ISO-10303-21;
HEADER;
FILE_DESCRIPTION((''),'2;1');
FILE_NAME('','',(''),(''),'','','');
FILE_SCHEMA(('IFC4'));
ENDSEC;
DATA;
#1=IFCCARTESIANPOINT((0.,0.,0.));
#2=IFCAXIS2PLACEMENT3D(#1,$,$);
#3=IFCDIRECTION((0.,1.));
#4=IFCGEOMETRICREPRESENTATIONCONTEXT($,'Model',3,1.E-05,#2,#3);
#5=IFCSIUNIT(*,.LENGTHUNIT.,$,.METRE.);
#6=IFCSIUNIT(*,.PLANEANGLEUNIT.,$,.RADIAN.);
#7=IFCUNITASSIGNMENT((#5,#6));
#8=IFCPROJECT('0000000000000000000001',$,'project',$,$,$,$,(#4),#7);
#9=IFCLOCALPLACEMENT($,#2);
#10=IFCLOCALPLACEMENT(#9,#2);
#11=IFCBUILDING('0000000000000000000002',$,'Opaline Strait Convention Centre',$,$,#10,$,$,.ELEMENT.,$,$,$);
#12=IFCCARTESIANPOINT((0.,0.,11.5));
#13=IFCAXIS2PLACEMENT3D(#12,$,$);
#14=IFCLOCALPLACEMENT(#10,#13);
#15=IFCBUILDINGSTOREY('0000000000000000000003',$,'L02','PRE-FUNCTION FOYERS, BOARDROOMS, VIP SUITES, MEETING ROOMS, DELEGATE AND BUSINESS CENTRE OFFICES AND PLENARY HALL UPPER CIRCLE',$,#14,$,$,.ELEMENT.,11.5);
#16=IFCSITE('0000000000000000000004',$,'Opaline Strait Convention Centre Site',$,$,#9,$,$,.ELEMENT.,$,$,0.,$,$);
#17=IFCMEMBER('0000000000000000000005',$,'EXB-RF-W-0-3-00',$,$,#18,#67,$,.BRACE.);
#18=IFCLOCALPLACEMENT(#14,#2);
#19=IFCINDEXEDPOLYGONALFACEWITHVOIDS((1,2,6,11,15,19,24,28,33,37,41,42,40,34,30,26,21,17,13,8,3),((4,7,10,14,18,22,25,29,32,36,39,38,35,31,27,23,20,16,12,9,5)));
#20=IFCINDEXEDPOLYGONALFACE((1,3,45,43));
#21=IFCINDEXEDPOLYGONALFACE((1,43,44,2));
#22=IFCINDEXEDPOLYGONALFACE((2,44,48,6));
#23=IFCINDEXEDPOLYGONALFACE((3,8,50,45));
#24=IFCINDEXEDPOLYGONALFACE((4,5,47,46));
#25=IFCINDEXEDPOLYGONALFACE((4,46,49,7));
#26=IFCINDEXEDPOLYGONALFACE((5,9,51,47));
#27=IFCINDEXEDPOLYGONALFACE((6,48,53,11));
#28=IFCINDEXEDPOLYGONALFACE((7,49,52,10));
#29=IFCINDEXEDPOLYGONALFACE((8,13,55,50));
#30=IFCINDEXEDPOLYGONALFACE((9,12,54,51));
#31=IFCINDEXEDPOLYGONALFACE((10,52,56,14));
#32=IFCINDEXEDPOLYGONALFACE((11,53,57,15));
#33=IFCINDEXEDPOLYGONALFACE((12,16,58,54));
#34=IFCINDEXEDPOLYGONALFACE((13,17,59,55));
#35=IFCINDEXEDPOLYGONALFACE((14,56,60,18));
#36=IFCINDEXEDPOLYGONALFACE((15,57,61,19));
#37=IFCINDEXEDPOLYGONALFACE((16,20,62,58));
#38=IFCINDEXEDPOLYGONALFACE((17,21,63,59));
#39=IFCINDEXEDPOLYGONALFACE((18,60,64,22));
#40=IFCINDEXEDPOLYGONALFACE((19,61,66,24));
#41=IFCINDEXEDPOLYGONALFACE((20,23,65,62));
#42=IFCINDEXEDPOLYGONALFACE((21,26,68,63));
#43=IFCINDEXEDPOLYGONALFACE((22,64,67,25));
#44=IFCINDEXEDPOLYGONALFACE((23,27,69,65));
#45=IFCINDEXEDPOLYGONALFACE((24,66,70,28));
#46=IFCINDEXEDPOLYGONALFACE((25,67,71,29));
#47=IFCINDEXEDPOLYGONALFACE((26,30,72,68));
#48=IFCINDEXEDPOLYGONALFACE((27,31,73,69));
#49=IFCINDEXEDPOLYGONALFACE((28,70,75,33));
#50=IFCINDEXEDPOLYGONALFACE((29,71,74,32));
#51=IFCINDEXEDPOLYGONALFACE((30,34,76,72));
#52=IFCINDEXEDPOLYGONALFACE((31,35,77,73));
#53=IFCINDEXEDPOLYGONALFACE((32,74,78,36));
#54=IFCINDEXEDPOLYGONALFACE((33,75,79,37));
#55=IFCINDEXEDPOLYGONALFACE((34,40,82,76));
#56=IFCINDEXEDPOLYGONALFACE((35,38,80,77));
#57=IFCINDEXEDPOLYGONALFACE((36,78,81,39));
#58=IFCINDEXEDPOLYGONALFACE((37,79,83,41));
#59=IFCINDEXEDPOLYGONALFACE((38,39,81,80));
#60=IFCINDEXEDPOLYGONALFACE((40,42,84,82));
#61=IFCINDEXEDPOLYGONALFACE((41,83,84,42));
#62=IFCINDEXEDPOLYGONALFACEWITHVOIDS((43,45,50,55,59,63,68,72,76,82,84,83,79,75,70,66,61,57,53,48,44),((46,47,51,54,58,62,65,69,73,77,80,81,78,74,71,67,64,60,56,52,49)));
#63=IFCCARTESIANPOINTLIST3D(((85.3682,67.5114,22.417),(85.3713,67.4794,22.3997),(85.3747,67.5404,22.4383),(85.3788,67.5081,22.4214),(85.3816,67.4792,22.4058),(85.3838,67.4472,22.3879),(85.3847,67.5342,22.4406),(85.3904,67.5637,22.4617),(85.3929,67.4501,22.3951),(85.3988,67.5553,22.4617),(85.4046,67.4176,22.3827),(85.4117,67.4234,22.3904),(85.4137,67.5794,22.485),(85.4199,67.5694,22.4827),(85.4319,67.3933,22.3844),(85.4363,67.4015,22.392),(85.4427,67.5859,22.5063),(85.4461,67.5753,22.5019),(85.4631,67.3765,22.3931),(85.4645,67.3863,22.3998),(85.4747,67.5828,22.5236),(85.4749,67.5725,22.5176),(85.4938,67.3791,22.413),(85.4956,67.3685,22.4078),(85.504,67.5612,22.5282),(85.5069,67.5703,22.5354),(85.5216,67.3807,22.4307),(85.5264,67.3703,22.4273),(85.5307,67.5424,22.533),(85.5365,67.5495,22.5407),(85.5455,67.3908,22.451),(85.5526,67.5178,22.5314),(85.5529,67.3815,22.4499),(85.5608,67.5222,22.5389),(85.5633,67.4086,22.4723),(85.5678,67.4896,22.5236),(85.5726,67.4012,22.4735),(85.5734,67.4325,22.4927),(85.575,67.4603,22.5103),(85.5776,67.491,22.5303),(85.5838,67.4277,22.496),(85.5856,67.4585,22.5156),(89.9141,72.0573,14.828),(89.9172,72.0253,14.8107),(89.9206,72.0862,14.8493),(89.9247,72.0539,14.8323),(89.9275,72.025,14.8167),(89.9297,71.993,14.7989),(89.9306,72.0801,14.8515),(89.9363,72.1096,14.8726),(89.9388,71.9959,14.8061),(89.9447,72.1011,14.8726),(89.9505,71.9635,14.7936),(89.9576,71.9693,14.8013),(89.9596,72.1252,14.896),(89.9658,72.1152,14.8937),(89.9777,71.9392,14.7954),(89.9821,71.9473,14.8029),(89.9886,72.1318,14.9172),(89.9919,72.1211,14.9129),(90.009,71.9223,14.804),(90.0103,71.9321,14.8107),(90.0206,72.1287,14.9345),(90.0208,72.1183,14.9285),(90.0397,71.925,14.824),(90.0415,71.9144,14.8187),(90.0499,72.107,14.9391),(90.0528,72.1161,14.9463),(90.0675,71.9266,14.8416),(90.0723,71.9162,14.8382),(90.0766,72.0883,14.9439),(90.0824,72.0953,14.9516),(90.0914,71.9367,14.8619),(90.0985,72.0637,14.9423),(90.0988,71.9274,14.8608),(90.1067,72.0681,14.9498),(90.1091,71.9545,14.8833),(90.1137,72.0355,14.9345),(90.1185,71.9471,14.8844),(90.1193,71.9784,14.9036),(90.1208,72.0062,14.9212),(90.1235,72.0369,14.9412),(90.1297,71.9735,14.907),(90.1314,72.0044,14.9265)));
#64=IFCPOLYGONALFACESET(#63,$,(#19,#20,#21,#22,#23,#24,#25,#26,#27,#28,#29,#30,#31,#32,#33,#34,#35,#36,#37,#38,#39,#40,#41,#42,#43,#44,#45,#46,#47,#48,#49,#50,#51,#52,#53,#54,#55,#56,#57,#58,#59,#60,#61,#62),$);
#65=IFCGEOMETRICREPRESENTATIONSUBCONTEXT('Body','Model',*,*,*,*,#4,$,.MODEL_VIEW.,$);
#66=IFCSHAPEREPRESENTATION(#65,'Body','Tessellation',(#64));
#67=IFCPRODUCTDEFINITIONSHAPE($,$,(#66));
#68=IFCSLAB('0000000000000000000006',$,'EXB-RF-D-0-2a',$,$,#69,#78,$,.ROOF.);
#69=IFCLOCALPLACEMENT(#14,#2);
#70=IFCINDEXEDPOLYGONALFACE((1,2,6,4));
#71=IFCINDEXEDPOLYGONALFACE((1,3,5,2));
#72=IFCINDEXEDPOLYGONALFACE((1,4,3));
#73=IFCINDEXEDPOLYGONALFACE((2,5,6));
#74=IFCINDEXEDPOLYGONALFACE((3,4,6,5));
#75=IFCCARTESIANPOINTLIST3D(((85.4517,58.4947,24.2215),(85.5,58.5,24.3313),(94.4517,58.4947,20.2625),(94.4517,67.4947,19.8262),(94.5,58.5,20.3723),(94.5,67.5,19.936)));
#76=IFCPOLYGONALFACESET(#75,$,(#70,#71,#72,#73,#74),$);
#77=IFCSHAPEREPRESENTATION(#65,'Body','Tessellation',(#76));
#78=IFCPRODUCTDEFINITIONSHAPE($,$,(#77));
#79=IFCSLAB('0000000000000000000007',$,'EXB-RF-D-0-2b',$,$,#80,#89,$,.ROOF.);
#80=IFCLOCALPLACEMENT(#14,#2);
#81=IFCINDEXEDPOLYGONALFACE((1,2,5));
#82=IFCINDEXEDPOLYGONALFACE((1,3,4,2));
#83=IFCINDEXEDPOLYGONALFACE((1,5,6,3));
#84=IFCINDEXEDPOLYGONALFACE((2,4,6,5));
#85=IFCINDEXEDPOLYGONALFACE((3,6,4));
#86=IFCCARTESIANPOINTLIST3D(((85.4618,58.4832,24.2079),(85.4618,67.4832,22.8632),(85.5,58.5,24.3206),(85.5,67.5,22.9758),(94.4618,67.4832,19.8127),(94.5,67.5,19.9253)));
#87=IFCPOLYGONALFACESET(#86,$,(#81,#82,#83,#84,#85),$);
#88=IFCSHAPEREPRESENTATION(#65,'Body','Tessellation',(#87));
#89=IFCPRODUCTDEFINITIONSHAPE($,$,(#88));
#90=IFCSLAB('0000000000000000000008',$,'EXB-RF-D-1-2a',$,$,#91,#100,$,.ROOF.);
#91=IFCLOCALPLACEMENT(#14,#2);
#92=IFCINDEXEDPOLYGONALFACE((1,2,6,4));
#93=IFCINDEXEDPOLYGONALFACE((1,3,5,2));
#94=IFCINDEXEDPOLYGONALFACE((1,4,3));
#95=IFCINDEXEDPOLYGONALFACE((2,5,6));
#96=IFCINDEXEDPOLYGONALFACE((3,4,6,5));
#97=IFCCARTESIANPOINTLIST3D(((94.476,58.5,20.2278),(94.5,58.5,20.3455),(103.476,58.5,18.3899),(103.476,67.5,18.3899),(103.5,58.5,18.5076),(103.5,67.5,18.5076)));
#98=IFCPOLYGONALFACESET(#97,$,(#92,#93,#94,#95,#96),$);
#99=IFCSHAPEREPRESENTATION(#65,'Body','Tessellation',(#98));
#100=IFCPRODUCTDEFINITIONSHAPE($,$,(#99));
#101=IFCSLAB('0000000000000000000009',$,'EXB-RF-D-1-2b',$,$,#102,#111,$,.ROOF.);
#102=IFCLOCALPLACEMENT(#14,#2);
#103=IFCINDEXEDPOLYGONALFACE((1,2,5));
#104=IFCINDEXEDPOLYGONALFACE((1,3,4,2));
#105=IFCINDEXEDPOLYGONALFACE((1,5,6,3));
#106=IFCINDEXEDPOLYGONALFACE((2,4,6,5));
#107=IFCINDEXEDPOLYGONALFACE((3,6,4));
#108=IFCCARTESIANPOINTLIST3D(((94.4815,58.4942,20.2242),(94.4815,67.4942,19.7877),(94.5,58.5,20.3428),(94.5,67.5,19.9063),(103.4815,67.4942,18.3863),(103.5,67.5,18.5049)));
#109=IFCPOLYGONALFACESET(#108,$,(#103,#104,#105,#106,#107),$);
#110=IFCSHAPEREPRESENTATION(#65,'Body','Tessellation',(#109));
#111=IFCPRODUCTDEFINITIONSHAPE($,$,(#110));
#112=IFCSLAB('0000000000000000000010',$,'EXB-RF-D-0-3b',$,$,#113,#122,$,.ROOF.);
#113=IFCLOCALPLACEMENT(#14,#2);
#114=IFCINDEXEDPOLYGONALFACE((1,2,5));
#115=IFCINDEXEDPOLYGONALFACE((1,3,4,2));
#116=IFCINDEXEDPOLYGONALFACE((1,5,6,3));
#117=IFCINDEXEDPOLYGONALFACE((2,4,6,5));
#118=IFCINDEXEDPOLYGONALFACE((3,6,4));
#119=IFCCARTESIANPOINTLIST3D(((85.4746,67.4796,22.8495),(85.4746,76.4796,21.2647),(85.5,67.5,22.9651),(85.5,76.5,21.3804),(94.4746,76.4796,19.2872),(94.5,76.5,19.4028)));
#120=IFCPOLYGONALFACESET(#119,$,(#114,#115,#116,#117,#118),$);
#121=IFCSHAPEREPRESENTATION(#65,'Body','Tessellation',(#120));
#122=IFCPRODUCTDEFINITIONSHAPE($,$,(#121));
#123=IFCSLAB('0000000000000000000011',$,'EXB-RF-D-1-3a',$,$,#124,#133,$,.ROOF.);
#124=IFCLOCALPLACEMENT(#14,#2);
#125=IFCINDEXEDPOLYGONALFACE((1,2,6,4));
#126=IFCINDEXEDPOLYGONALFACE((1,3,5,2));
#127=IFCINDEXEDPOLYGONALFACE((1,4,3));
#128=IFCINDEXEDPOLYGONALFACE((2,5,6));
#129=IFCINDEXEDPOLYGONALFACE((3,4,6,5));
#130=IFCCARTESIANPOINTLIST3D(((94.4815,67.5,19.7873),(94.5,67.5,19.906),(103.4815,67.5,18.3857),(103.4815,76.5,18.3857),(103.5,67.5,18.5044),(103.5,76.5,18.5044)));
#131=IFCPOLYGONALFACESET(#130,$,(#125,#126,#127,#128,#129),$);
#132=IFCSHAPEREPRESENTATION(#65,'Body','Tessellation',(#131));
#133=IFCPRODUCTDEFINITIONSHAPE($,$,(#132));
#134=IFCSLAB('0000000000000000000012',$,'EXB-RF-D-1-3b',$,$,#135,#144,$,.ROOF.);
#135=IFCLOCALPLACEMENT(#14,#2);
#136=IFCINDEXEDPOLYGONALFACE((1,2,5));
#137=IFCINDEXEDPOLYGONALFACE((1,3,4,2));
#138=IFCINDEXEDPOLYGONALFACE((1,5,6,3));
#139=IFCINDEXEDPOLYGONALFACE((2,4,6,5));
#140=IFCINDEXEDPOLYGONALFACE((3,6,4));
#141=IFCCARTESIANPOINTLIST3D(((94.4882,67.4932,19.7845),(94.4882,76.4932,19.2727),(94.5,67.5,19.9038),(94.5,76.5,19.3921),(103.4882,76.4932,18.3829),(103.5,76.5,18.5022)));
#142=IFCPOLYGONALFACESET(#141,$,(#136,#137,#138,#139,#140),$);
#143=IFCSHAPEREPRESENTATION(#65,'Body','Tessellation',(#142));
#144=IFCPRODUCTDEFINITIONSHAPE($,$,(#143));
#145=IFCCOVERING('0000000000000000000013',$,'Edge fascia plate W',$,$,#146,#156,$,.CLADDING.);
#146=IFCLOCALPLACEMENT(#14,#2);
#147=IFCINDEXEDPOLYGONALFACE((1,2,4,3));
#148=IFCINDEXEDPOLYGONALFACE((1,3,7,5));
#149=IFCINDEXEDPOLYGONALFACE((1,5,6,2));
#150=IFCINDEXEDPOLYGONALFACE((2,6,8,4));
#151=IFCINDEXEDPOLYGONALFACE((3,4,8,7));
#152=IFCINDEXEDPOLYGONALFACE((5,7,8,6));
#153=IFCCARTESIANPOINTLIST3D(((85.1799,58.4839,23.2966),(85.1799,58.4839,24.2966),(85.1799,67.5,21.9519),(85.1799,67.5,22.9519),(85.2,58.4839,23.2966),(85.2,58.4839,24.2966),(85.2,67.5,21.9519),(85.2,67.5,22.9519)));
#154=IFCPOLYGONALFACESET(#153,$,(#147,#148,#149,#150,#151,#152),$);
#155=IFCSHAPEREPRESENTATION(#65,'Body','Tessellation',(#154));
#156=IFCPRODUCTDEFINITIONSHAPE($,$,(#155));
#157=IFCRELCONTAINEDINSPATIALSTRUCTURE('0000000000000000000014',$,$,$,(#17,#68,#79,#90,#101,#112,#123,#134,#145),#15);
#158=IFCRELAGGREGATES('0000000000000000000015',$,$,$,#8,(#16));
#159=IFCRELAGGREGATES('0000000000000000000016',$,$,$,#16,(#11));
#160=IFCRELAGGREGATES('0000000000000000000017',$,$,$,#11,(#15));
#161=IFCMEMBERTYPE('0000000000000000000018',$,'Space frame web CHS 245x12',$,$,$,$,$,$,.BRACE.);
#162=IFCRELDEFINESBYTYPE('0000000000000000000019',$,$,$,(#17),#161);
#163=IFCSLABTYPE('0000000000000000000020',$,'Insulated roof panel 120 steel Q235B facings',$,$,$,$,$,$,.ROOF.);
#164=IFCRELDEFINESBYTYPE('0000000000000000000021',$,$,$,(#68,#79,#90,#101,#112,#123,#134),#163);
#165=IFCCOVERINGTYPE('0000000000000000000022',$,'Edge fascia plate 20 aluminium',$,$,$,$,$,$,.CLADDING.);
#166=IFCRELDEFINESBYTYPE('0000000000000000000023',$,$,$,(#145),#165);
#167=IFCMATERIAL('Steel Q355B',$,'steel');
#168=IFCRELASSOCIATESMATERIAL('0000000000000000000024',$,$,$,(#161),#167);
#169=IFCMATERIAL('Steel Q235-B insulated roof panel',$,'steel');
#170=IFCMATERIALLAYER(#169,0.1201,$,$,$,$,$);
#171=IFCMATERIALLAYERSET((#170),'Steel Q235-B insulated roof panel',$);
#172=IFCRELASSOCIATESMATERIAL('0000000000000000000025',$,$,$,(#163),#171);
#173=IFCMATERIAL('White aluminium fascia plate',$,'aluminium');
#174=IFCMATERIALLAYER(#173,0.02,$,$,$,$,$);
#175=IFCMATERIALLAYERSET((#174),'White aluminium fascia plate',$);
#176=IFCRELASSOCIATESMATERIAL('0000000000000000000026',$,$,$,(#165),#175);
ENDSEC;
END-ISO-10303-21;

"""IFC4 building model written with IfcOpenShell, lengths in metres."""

from ifc_helpers import new_model, si_unit, direction, frame, origin, origin_2d, place, context, subcontext, project, spatial, polyline, hollow_circle, outline, extrude, material, layer, layer_set, material_profile, profile_set, type_object, element, save


model = new_model("IFC4")

# Units and contexts
model_context = context("Model", 3, precision=1e-05, world=origin(), true_north=direction((0.0, 1.0)))
body_context = subcontext(model_context, "Body", "Model", "MODEL_VIEW")
ifc_project = project(units=[si_unit("LENGTHUNIT", "METRE"), si_unit("PLANEANGLEUNIT", "RADIAN")], contexts=[model_context])

# Site, building, storey
site_placement = place(None, origin())
site = spatial("IfcSite", under=ifc_project, at=site_placement, Name="Opaline Strait Convention Centre Site", CompositionType="ELEMENT", RefElevation=0.0)
building_placement = place(site_placement, origin())
building = spatial("IfcBuilding", under=site, at=building_placement, Name="Opaline Strait Convention Centre", CompositionType="ELEMENT")
storey_placement = place(building_placement, frame((0.0, 0.0, 11.5)))
storey = spatial("IfcBuildingStorey", under=building, at=storey_placement, Name="L02", Description="PRE-FUNCTION FOYERS, BOARDROOMS, VIP SUITES, MEETING ROOMS, DELEGATE AND BUSINESS CENTRE OFFICES AND PLENARY HALL UPPER CIRCLE", CompositionType="ELEMENT", Elevation=11.5)

# Member
ifc_material_1 = material(Name="Steel Q355B", Category="steel")
ifc_material_profile_1 = material_profile(ifc_material_1, hollow_circle(Radius=0.1226, WallThickness=0.012, at=origin_2d()), Name="CHS 245x12")
ifc_profile_set_1 = profile_set([ifc_material_profile_1], Name="Steel Q355B")
member_type_1 = type_object("IfcMemberType", Name="Space frame web CHS 245x12", PredefinedType="BRACE", material=ifc_profile_set_1)
member_1_placement = place(storey_placement, frame((85.4771, 67.4771, 22.4617), z_axis=(0.457053, 0.457053, -0.763023), x_axis=(-0.707107, 0.707107, 0.0)))
element("IfcMember", 1, at=member_1_placement, inside=storey, type_object=member_type_1, Name="EXB-RF-W-0-3-00", PredefinedType="BRACE", context=body_context, shape_type="SweptSolid", body=[
    extrude(hollow_circle(Radius=0.1226, WallThickness=0.012, at=origin_2d()), origin(), (0.0, 0.0, 1.0), 9.946),
])

# Slabs
ifc_material_2 = material(Name="Steel Q235-B insulated roof panel", Category="steel")
ifc_layer_1 = layer(ifc_material_2, 0.1201)
ifc_layer_set_1 = layer_set([ifc_layer_1], Name="Steel Q235-B insulated roof panel")
slab_type = type_object("IfcSlabType", Name="Insulated roof panel 120 steel Q235B facings", PredefinedType="ROOF", material=ifc_layer_set_1)
slab_1_placement = place(storey_placement, frame((85.5, 58.5, 24.3313), z_axis=(0.402256, 0.044329, 0.914453), x_axis=(0.915353, 0.0, -0.402652)))
element("IfcSlab", 2, at=slab_1_placement, inside=storey, type_object=slab_type, Name="EXB-RF-D-0-2a", PredefinedType="ROOF", context=body_context, shape_type="SweptSolid", body=[
    extrude(outline(polyline([(0.0, 0.0), (9.8323, 0.0), (10.0079, 9.0089), (0.0, 0.0)])), origin(), (0.0, 0.0, -1.0), 0.1201),
])
slab_2_placement = place(storey_placement, frame((85.5, 58.5, 24.3206), z_axis=(0.317844, 0.140111, 0.937734), x_axis=(0.668377, 0.668377, -0.32641)))
element("IfcSlab", 3, at=slab_2_placement, inside=storey, type_object=slab_type, Name="EXB-RF-D-0-2b", PredefinedType="ROOF", context=body_context, shape_type="SweptSolid", body=[
    extrude(outline(polyline([(0.0, 0.0), (13.4654, 0.0), (6.4543, 6.4148), (0.0, 0.0)])), origin(), (0.0, 0.0, -1.0), 0.1201),
])
slab_3_placement = place(storey_placement, frame((94.5, 58.5, 20.3455), z_axis=(0.200081, 0.0, 0.979779), x_axis=(0.979779, 0.0, -0.200081)))
element("IfcSlab", 4, at=slab_3_placement, inside=storey, type_object=slab_type, Name="EXB-RF-D-1-2a", PredefinedType="ROOF", context=body_context, shape_type="SweptSolid", body=[
    extrude(outline(polyline([(0.0, 0.0), (9.1857, 0.0), (9.1857, 9.0), (0.0, 0.0)])), origin(), (0.0, 0.0, -1.0), 0.1201),
])
slab_4_placement = place(storey_placement, frame((94.5, 58.5, 20.3428), z_axis=(0.153677, 0.04787, 0.986961), x_axis=(0.699848, 0.699848, -0.142916)))
element("IfcSlab", 5, at=slab_4_placement, inside=storey, type_object=slab_type, Name="EXB-RF-D-1-2b", PredefinedType="ROOF", context=body_context, shape_type="SweptSolid", body=[
    extrude(outline(polyline([(0.0, 0.0), (12.8599, 0.0), (6.361, 6.3818), (0.0, 0.0)])), origin(), (0.0, 0.0, -1.0), 0.1201),
])
slab_5_placement = place(storey_placement, frame((85.5, 67.5, 22.9651), z_axis=(0.211502, 0.169489, 0.96257), x_axis=(0.68094, 0.68094, -0.26952)))
element("IfcSlab", 6, at=slab_5_placement, inside=storey, type_object=slab_type, Name="EXB-RF-D-0-3b", PredefinedType="ROOF", context=body_context, shape_type="SweptSolid", body=[
    extrude(outline(polyline([(0.0, 0.0), (13.217, 0.0), (6.5556, 6.3668), (0.0, 0.0)])), origin(), (0.0, 0.0, -1.0), 0.1201),
])
slab_6_placement = place(storey_placement, frame((94.5, 67.5, 19.906), z_axis=(0.15388, 0.0, 0.98809), x_axis=(0.98809, 0.0, -0.15388)))
element("IfcSlab", 7, at=slab_6_placement, inside=storey, type_object=slab_type, Name="EXB-RF-D-1-3a", PredefinedType="ROOF", context=body_context, shape_type="SweptSolid", body=[
    extrude(outline(polyline([(0.0, 0.0), (9.1085, 0.0), (9.1085, 9.0), (0.0, 0.0)])), origin(), (0.0, 0.0, -1.0), 0.1201),
])
slab_7_placement = place(storey_placement, frame((94.5, 67.5, 19.9038), z_axis=(0.09824, 0.056491, 0.993558), x_axis=(0.702858, 0.702858, -0.109459)))
element("IfcSlab", 8, at=slab_7_placement, inside=storey, type_object=slab_type, Name="EXB-RF-D-1-3b", PredefinedType="ROOF", context=body_context, shape_type="SweptSolid", body=[
    extrude(outline(polyline([(0.0, 0.0), (12.8049, 0.0), (6.3817, 6.3667), (0.0, 0.0)])), origin(), (0.0, 0.0, -1.0), 0.1201),
])

# Covering
ifc_material_3 = material(Name="White aluminium fascia plate", Category="aluminium")
ifc_layer_2 = layer(ifc_material_3, 0.02)
ifc_layer_set_2 = layer_set([ifc_layer_2], Name="White aluminium fascia plate")
covering_type = type_object("IfcCoveringType", Name="Edge fascia plate 20 aluminium", PredefinedType="CLADDING", material=ifc_layer_set_2)
covering_placement = place(storey_placement, frame((85.2, 62.9919, 23.1243), z_axis=(-1.0, 0.0, 0.0), x_axis=(0.0, -1.0, 0.0)))
element("IfcCovering", 9, at=covering_placement, inside=storey, type_object=covering_type, Name="Edge fascia plate W", PredefinedType="CLADDING", context=body_context, shape_type="SweptSolid", body=[
    extrude(outline(polyline([(-4.5081, -0.1724), (4.5081, 1.1724), (4.5081, 0.1724), (-4.5081, -1.1724), (-4.5081, -0.1724)])), origin(), (0.0, 0.0, 1.0), 0.02),
])

save(model, "model.ifc")
